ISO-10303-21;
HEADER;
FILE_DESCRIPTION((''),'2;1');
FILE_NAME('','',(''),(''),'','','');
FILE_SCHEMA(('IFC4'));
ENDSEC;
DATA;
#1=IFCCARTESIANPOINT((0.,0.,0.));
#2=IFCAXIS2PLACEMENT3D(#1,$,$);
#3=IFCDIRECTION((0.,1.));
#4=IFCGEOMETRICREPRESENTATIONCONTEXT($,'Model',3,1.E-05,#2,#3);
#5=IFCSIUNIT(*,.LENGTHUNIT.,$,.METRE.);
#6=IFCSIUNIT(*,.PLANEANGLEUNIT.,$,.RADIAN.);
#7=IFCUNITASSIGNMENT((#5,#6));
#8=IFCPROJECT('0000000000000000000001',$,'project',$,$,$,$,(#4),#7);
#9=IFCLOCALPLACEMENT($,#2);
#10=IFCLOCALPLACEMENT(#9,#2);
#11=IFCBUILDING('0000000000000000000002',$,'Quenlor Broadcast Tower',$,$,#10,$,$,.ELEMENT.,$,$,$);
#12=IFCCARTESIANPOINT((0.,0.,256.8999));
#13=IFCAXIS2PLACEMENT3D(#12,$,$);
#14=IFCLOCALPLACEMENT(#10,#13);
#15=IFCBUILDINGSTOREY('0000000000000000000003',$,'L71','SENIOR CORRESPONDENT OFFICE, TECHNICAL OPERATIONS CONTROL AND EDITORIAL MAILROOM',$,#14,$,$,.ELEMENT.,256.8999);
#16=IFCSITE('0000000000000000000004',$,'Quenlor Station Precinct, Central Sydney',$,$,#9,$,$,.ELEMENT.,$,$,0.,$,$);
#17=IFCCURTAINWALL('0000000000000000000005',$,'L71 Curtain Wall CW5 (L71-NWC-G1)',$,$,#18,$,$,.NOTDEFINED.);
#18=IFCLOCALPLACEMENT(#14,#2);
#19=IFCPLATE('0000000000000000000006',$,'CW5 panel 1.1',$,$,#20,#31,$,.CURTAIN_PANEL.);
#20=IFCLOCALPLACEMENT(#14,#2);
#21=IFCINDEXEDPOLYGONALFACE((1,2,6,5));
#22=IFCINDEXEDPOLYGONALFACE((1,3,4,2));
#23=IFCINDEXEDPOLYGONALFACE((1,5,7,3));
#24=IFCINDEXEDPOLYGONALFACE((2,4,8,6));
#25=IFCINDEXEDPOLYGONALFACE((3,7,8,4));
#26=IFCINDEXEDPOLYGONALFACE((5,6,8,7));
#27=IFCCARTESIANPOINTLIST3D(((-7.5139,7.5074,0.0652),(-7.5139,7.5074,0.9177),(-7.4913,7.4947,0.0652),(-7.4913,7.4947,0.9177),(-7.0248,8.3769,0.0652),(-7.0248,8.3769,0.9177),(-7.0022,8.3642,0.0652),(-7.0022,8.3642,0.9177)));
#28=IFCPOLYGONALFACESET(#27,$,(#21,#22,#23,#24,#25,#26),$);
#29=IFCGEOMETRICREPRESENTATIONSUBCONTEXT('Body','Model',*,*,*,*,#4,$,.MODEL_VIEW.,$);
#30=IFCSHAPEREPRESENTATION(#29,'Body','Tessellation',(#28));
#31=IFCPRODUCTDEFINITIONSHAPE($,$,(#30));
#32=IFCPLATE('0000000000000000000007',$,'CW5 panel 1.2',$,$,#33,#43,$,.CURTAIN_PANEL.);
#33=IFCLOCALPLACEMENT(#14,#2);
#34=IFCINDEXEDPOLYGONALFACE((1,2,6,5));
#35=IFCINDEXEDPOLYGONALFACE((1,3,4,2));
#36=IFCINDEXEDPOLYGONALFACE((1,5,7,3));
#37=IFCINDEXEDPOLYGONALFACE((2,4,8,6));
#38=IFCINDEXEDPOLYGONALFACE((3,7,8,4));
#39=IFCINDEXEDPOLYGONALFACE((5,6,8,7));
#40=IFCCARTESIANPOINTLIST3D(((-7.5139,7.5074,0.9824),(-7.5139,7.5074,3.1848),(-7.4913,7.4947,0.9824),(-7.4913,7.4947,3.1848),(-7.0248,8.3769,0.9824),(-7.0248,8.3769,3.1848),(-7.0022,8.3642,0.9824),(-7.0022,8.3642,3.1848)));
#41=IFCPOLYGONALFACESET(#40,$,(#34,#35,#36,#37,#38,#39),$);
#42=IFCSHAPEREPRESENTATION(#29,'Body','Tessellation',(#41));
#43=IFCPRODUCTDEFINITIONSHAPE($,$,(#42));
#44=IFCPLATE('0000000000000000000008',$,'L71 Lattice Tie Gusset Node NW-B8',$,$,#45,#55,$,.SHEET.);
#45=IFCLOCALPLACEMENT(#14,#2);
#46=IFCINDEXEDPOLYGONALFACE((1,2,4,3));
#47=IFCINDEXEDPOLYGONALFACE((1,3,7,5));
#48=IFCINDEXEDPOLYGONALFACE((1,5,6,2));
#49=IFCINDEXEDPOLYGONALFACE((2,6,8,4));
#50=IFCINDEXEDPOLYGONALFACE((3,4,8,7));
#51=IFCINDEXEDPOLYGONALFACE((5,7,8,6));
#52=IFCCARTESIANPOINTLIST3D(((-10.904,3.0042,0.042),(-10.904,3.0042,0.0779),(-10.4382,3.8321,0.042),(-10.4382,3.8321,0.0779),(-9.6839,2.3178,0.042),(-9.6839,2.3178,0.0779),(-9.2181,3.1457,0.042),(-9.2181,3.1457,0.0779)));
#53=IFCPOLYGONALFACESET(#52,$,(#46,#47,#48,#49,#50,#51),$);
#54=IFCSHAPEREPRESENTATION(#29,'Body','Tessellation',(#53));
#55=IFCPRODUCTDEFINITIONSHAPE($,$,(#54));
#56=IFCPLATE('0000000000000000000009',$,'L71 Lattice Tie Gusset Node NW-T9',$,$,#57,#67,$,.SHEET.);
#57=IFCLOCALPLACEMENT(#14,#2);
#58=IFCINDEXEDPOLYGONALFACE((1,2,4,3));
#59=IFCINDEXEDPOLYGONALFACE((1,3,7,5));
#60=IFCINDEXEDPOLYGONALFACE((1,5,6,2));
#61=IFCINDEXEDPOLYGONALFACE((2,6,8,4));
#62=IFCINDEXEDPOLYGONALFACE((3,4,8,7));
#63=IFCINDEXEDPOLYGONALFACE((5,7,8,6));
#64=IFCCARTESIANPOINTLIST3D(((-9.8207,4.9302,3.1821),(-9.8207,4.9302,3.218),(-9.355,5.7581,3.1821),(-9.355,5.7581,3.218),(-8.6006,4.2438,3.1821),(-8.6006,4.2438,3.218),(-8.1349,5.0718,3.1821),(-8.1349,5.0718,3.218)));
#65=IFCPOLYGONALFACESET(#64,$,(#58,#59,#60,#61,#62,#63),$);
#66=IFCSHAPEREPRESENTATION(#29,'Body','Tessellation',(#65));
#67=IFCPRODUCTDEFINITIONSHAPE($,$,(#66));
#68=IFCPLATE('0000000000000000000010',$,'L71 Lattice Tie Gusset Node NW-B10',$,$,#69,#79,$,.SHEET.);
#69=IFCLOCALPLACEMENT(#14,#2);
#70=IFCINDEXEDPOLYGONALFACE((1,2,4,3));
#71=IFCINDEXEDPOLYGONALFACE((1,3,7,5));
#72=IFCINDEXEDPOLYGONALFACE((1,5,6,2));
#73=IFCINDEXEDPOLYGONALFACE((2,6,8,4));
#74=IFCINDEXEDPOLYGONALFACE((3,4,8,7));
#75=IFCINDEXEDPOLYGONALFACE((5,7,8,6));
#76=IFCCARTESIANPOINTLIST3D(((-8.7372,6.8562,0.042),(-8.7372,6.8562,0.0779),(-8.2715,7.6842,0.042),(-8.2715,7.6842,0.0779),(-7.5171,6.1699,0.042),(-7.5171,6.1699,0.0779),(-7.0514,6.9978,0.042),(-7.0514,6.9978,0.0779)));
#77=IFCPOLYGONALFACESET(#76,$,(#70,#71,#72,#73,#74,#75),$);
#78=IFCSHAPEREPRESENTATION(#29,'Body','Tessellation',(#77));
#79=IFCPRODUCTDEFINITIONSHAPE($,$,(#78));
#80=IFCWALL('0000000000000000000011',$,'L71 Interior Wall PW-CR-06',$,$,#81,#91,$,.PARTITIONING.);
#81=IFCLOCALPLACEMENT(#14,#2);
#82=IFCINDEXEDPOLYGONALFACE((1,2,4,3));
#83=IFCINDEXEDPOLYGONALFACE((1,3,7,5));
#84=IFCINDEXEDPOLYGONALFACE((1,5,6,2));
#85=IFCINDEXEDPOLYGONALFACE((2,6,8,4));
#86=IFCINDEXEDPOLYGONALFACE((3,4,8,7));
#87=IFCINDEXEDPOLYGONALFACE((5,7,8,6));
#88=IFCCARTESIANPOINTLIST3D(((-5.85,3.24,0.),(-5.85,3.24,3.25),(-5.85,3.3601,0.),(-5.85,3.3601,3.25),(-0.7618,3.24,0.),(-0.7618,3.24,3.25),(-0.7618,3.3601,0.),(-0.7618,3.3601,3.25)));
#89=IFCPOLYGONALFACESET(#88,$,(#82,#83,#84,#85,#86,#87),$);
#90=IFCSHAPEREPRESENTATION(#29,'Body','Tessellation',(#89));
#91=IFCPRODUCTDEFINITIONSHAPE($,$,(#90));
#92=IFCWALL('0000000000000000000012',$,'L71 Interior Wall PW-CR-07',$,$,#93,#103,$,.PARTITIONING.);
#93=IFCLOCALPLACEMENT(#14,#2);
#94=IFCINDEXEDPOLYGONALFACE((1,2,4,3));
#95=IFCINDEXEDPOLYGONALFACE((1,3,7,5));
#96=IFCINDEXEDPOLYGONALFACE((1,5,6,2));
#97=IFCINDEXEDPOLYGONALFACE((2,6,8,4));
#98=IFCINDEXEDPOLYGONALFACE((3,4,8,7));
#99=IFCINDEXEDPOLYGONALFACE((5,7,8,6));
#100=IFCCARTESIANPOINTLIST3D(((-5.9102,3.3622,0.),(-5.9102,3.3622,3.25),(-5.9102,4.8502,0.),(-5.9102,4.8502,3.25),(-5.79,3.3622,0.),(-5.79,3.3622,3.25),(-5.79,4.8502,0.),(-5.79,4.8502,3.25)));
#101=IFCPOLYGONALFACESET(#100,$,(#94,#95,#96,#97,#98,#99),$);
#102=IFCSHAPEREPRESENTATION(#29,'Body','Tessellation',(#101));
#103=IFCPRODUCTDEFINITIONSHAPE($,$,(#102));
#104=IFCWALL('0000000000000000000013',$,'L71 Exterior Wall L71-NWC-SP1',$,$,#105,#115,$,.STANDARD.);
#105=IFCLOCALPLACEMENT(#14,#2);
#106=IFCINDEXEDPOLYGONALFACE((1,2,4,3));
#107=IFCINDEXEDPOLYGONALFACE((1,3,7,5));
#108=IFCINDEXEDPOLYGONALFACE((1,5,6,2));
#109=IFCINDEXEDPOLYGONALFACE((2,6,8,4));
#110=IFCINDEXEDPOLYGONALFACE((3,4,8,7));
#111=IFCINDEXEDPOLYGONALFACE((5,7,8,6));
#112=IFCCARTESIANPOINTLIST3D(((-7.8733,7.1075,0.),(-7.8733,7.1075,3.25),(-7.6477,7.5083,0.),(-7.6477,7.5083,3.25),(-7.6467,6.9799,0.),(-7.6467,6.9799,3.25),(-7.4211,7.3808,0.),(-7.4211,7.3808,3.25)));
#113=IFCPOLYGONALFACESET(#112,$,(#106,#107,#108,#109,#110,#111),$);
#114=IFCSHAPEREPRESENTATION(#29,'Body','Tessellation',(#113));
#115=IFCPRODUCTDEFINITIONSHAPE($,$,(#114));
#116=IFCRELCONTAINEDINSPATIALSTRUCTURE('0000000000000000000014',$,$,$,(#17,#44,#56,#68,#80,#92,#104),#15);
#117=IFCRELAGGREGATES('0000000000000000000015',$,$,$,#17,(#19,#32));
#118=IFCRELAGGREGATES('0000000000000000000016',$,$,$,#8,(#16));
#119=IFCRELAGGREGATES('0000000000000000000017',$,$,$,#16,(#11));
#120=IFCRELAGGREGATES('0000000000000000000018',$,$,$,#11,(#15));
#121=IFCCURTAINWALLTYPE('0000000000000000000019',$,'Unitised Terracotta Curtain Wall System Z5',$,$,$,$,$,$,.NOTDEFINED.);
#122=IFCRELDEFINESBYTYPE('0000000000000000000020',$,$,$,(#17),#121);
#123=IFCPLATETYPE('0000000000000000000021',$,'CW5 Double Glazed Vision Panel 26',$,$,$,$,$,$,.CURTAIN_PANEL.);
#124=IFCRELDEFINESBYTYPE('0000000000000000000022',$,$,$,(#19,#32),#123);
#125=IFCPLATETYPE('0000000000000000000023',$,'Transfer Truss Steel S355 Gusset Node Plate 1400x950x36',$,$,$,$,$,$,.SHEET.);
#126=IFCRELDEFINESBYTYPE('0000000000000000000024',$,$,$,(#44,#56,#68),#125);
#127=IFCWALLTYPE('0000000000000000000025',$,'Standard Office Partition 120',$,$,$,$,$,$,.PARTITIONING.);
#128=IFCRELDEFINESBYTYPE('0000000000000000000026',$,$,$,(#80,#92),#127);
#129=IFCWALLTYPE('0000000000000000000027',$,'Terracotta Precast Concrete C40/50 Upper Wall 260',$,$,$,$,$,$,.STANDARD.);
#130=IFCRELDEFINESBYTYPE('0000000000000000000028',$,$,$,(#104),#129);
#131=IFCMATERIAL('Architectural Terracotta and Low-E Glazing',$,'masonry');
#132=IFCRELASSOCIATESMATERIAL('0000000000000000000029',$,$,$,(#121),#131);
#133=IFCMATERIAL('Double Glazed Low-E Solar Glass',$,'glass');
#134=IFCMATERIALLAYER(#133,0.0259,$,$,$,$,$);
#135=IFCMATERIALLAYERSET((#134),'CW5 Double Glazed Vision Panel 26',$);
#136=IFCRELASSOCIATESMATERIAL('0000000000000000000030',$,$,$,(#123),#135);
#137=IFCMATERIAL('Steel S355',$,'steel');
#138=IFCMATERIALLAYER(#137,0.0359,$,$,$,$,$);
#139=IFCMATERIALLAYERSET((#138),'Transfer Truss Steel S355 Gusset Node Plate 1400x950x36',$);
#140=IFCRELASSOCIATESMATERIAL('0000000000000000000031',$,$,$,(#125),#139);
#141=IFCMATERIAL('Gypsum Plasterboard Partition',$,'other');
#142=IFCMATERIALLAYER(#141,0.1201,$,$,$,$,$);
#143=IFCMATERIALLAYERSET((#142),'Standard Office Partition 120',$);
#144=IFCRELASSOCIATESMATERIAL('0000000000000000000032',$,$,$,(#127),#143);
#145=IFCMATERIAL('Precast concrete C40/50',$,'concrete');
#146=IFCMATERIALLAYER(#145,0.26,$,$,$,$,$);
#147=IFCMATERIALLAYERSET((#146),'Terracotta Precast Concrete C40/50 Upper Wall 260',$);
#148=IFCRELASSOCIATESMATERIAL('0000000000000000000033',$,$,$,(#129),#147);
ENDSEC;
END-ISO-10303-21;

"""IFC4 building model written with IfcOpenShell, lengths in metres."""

from ifc_helpers import new_model, si_unit, direction, frame, frame_2d, origin, origin_2d, place, context, subcontext, project, spatial, rectangle, extrude, material, layer, layer_set, type_object, element, aggregate, save


model = new_model("IFC4")

# Units and contexts
model_context = context("Model", 3, precision=1e-05, world=origin(), true_north=direction((0.0, 1.0)))
body_context = subcontext(model_context, "Body", "Model", "MODEL_VIEW")
ifc_project = project(units=[si_unit("LENGTHUNIT", "METRE"), si_unit("PLANEANGLEUNIT", "RADIAN")], contexts=[model_context])

# Site, building, storey
site_placement = place(None, origin())
site = spatial("IfcSite", under=ifc_project, at=site_placement, Name="Quenlor Station Precinct, Central Sydney", CompositionType="ELEMENT", RefElevation=0.0)
building_placement = place(site_placement, origin())
building = spatial("IfcBuilding", under=site, at=building_placement, Name="Quenlor Broadcast Tower", CompositionType="ELEMENT")
storey_placement = place(building_placement, frame((0.0, 0.0, 256.8999)))
storey = spatial("IfcBuildingStorey", under=building, at=storey_placement, Name="L71", Description="SENIOR CORRESPONDENT OFFICE, TECHNICAL OPERATIONS CONTROL AND EDITORIAL MAILROOM", CompositionType="ELEMENT", Elevation=256.8999)

# Curtain wall
ifc_material_1 = material(Name="Architectural Terracotta and Low-E Glazing", Category="masonry")
curtain_wall_type = type_object("IfcCurtainWallType", Name="Unitised Terracotta Curtain Wall System Z5", PredefinedType="NOTDEFINED", material=ifc_material_1)
curtain_wall_placement = place(storey_placement, origin())
curtain_wall = element("IfcCurtainWall", 1, at=curtain_wall_placement, inside=storey, type_object=curtain_wall_type, Name="L71 Curtain Wall CW5 (L71-NWC-G1)", PredefinedType="NOTDEFINED")

# Plates
ifc_material_2 = material(Name="Double Glazed Low-E Solar Glass", Category="glass")
ifc_layer_1 = layer(ifc_material_2, 0.0259)
ifc_layer_set_1 = layer_set([ifc_layer_1], Name="CW5 Double Glazed Vision Panel 26")
plate_type_1 = type_object("IfcPlateType", Name="CW5 Double Glazed Vision Panel 26", PredefinedType="CURTAIN_PANEL", material=ifc_layer_set_1)
plate_1_placement = place(storey_placement, frame((-7.2581, 7.9358, 0.0652), z_axis=(0.0, 0.0, 1.0), x_axis=(0.490282, 0.871564, 0.0)))
plate_1 = element("IfcPlate", 2, at=plate_1_placement, type_object=plate_type_1, Name="CW5 panel 1.1", PredefinedType="CURTAIN_PANEL", context=body_context, shape_type="SweptSolid", body=[
    extrude(rectangle(XDim=0.9976, YDim=0.0259, at=origin_2d()), origin(), (0.0, 0.0, 1.0), 0.8525),
])
plate_2_placement = place(storey_placement, frame((-7.2581, 7.9358, 0.9824), z_axis=(0.0, 0.0, 1.0), x_axis=(0.490282, 0.871564, 0.0)))
plate_2 = element("IfcPlate", 3, at=plate_2_placement, type_object=plate_type_1, Name="CW5 panel 1.2", PredefinedType="CURTAIN_PANEL", context=body_context, shape_type="SweptSolid", body=[
    extrude(rectangle(XDim=0.9976, YDim=0.0259, at=origin_2d()), origin(), (0.0, 0.0, 1.0), 2.2024),
])
aggregate(curtain_wall, [plate_1, plate_2])

# Plates
ifc_material_3 = material(Name="Steel S355", Category="steel")
ifc_layer_2 = layer(ifc_material_3, 0.0359)
ifc_layer_set_2 = layer_set([ifc_layer_2], Name="Transfer Truss Steel S355 Gusset Node Plate 1400x950x36")
plate_type_2 = type_object("IfcPlateType", Name="Transfer Truss Steel S355 Gusset Node Plate 1400x950x36", PredefinedType="SHEET", material=ifc_layer_set_2)
for number, where, z_axis, x_axis, name in (
    (4, (-10.061, 3.075, 0.042), (0.0, 0.0, 1.0), (-0.871556, 0.490295, 0.0), "L71 Lattice Tie Gusset Node NW-B8"),
    (5, (-8.9778, 5.001, 3.1821), (0.0, 0.0, 1.0), (-0.871556, 0.490295, 0.0), "L71 Lattice Tie Gusset Node NW-T9"),
    (6, (-7.8943, 6.927, 0.042), (0.0, 0.0, 1.0), (-0.871556, 0.490295, 0.0), "L71 Lattice Tie Gusset Node NW-B10"),
):
    element("IfcPlate", number, at=place(storey_placement, frame(where, z_axis=z_axis, x_axis=x_axis)), inside=storey, type_object=plate_type_2, Name=name, PredefinedType="SHEET", context=body_context, shape_type="SweptSolid", body=[
        extrude(rectangle(XDim=1.3999, YDim=0.95, at=origin_2d()), origin(), (0.0, 0.0, 1.0), 0.0359),
    ])

# Walls
ifc_material_4 = material(Name="Gypsum Plasterboard Partition", Category="other")
ifc_layer_3 = layer(ifc_material_4, 0.1201)
ifc_layer_set_3 = layer_set([ifc_layer_3], Name="Standard Office Partition 120")
wall_type_1 = type_object("IfcWallType", Name="Standard Office Partition 120", PredefinedType="PARTITIONING", material=ifc_layer_set_3)
wall_1_placement = place(storey_placement, frame((-0.762, 3.3, 0.0), z_axis=(0.0, 0.0, 1.0), x_axis=(-1.0, 0.0, 0.0)))
element("IfcWall", 7, at=wall_1_placement, inside=storey, type_object=wall_type_1, Name="L71 Interior Wall PW-CR-06", PredefinedType="PARTITIONING", context=body_context, shape_type="SweptSolid", body=[
    extrude(rectangle(XDim=5.0881, YDim=0.1201, at=frame_2d((2.5439, 0.0))), origin(), (0.0, 0.0, 1.0), 3.25),
])
wall_2_placement = place(storey_placement, frame((-5.8501, 3.3621, 0.0), z_axis=(0.0, 0.0, 1.0), x_axis=(0.0, 1.0, 0.0)))
element("IfcWall", 8, at=wall_2_placement, inside=storey, type_object=wall_type_1, Name="L71 Interior Wall PW-CR-07", PredefinedType="PARTITIONING", context=body_context, shape_type="SweptSolid", body=[
    extrude(rectangle(XDim=1.488, YDim=0.1201, at=frame_2d((0.7441, 0.0))), origin(), (0.0, 0.0, 1.0), 3.25),
])

# Wall
ifc_material_5 = material(Name="Precast concrete C40/50", Category="concrete")
ifc_layer_4 = layer(ifc_material_5, 0.26)
ifc_layer_set_4 = layer_set([ifc_layer_4], Name="Terracotta Precast Concrete C40/50 Upper Wall 260")
wall_type_2 = type_object("IfcWallType", Name="Terracotta Precast Concrete C40/50 Upper Wall 260", PredefinedType="STANDARD", material=ifc_layer_set_4)
wall_3_placement = place(storey_placement, frame((-7.76, 7.0437, 0.0), z_axis=(0.0, 0.0, 1.0), x_axis=(0.490412, 0.87149, 0.0)))
element("IfcWall", 9, at=wall_3_placement, inside=storey, type_object=wall_type_2, Name="L71 Exterior Wall L71-NWC-SP1", PredefinedType="STANDARD", context=body_context, shape_type="SweptSolid", body=[
    extrude(rectangle(XDim=0.46, YDim=0.26, at=frame_2d((0.23, 0.0))), origin(), (0.0, 0.0, 1.0), 3.25),
])

save(model, "model.ifc")
